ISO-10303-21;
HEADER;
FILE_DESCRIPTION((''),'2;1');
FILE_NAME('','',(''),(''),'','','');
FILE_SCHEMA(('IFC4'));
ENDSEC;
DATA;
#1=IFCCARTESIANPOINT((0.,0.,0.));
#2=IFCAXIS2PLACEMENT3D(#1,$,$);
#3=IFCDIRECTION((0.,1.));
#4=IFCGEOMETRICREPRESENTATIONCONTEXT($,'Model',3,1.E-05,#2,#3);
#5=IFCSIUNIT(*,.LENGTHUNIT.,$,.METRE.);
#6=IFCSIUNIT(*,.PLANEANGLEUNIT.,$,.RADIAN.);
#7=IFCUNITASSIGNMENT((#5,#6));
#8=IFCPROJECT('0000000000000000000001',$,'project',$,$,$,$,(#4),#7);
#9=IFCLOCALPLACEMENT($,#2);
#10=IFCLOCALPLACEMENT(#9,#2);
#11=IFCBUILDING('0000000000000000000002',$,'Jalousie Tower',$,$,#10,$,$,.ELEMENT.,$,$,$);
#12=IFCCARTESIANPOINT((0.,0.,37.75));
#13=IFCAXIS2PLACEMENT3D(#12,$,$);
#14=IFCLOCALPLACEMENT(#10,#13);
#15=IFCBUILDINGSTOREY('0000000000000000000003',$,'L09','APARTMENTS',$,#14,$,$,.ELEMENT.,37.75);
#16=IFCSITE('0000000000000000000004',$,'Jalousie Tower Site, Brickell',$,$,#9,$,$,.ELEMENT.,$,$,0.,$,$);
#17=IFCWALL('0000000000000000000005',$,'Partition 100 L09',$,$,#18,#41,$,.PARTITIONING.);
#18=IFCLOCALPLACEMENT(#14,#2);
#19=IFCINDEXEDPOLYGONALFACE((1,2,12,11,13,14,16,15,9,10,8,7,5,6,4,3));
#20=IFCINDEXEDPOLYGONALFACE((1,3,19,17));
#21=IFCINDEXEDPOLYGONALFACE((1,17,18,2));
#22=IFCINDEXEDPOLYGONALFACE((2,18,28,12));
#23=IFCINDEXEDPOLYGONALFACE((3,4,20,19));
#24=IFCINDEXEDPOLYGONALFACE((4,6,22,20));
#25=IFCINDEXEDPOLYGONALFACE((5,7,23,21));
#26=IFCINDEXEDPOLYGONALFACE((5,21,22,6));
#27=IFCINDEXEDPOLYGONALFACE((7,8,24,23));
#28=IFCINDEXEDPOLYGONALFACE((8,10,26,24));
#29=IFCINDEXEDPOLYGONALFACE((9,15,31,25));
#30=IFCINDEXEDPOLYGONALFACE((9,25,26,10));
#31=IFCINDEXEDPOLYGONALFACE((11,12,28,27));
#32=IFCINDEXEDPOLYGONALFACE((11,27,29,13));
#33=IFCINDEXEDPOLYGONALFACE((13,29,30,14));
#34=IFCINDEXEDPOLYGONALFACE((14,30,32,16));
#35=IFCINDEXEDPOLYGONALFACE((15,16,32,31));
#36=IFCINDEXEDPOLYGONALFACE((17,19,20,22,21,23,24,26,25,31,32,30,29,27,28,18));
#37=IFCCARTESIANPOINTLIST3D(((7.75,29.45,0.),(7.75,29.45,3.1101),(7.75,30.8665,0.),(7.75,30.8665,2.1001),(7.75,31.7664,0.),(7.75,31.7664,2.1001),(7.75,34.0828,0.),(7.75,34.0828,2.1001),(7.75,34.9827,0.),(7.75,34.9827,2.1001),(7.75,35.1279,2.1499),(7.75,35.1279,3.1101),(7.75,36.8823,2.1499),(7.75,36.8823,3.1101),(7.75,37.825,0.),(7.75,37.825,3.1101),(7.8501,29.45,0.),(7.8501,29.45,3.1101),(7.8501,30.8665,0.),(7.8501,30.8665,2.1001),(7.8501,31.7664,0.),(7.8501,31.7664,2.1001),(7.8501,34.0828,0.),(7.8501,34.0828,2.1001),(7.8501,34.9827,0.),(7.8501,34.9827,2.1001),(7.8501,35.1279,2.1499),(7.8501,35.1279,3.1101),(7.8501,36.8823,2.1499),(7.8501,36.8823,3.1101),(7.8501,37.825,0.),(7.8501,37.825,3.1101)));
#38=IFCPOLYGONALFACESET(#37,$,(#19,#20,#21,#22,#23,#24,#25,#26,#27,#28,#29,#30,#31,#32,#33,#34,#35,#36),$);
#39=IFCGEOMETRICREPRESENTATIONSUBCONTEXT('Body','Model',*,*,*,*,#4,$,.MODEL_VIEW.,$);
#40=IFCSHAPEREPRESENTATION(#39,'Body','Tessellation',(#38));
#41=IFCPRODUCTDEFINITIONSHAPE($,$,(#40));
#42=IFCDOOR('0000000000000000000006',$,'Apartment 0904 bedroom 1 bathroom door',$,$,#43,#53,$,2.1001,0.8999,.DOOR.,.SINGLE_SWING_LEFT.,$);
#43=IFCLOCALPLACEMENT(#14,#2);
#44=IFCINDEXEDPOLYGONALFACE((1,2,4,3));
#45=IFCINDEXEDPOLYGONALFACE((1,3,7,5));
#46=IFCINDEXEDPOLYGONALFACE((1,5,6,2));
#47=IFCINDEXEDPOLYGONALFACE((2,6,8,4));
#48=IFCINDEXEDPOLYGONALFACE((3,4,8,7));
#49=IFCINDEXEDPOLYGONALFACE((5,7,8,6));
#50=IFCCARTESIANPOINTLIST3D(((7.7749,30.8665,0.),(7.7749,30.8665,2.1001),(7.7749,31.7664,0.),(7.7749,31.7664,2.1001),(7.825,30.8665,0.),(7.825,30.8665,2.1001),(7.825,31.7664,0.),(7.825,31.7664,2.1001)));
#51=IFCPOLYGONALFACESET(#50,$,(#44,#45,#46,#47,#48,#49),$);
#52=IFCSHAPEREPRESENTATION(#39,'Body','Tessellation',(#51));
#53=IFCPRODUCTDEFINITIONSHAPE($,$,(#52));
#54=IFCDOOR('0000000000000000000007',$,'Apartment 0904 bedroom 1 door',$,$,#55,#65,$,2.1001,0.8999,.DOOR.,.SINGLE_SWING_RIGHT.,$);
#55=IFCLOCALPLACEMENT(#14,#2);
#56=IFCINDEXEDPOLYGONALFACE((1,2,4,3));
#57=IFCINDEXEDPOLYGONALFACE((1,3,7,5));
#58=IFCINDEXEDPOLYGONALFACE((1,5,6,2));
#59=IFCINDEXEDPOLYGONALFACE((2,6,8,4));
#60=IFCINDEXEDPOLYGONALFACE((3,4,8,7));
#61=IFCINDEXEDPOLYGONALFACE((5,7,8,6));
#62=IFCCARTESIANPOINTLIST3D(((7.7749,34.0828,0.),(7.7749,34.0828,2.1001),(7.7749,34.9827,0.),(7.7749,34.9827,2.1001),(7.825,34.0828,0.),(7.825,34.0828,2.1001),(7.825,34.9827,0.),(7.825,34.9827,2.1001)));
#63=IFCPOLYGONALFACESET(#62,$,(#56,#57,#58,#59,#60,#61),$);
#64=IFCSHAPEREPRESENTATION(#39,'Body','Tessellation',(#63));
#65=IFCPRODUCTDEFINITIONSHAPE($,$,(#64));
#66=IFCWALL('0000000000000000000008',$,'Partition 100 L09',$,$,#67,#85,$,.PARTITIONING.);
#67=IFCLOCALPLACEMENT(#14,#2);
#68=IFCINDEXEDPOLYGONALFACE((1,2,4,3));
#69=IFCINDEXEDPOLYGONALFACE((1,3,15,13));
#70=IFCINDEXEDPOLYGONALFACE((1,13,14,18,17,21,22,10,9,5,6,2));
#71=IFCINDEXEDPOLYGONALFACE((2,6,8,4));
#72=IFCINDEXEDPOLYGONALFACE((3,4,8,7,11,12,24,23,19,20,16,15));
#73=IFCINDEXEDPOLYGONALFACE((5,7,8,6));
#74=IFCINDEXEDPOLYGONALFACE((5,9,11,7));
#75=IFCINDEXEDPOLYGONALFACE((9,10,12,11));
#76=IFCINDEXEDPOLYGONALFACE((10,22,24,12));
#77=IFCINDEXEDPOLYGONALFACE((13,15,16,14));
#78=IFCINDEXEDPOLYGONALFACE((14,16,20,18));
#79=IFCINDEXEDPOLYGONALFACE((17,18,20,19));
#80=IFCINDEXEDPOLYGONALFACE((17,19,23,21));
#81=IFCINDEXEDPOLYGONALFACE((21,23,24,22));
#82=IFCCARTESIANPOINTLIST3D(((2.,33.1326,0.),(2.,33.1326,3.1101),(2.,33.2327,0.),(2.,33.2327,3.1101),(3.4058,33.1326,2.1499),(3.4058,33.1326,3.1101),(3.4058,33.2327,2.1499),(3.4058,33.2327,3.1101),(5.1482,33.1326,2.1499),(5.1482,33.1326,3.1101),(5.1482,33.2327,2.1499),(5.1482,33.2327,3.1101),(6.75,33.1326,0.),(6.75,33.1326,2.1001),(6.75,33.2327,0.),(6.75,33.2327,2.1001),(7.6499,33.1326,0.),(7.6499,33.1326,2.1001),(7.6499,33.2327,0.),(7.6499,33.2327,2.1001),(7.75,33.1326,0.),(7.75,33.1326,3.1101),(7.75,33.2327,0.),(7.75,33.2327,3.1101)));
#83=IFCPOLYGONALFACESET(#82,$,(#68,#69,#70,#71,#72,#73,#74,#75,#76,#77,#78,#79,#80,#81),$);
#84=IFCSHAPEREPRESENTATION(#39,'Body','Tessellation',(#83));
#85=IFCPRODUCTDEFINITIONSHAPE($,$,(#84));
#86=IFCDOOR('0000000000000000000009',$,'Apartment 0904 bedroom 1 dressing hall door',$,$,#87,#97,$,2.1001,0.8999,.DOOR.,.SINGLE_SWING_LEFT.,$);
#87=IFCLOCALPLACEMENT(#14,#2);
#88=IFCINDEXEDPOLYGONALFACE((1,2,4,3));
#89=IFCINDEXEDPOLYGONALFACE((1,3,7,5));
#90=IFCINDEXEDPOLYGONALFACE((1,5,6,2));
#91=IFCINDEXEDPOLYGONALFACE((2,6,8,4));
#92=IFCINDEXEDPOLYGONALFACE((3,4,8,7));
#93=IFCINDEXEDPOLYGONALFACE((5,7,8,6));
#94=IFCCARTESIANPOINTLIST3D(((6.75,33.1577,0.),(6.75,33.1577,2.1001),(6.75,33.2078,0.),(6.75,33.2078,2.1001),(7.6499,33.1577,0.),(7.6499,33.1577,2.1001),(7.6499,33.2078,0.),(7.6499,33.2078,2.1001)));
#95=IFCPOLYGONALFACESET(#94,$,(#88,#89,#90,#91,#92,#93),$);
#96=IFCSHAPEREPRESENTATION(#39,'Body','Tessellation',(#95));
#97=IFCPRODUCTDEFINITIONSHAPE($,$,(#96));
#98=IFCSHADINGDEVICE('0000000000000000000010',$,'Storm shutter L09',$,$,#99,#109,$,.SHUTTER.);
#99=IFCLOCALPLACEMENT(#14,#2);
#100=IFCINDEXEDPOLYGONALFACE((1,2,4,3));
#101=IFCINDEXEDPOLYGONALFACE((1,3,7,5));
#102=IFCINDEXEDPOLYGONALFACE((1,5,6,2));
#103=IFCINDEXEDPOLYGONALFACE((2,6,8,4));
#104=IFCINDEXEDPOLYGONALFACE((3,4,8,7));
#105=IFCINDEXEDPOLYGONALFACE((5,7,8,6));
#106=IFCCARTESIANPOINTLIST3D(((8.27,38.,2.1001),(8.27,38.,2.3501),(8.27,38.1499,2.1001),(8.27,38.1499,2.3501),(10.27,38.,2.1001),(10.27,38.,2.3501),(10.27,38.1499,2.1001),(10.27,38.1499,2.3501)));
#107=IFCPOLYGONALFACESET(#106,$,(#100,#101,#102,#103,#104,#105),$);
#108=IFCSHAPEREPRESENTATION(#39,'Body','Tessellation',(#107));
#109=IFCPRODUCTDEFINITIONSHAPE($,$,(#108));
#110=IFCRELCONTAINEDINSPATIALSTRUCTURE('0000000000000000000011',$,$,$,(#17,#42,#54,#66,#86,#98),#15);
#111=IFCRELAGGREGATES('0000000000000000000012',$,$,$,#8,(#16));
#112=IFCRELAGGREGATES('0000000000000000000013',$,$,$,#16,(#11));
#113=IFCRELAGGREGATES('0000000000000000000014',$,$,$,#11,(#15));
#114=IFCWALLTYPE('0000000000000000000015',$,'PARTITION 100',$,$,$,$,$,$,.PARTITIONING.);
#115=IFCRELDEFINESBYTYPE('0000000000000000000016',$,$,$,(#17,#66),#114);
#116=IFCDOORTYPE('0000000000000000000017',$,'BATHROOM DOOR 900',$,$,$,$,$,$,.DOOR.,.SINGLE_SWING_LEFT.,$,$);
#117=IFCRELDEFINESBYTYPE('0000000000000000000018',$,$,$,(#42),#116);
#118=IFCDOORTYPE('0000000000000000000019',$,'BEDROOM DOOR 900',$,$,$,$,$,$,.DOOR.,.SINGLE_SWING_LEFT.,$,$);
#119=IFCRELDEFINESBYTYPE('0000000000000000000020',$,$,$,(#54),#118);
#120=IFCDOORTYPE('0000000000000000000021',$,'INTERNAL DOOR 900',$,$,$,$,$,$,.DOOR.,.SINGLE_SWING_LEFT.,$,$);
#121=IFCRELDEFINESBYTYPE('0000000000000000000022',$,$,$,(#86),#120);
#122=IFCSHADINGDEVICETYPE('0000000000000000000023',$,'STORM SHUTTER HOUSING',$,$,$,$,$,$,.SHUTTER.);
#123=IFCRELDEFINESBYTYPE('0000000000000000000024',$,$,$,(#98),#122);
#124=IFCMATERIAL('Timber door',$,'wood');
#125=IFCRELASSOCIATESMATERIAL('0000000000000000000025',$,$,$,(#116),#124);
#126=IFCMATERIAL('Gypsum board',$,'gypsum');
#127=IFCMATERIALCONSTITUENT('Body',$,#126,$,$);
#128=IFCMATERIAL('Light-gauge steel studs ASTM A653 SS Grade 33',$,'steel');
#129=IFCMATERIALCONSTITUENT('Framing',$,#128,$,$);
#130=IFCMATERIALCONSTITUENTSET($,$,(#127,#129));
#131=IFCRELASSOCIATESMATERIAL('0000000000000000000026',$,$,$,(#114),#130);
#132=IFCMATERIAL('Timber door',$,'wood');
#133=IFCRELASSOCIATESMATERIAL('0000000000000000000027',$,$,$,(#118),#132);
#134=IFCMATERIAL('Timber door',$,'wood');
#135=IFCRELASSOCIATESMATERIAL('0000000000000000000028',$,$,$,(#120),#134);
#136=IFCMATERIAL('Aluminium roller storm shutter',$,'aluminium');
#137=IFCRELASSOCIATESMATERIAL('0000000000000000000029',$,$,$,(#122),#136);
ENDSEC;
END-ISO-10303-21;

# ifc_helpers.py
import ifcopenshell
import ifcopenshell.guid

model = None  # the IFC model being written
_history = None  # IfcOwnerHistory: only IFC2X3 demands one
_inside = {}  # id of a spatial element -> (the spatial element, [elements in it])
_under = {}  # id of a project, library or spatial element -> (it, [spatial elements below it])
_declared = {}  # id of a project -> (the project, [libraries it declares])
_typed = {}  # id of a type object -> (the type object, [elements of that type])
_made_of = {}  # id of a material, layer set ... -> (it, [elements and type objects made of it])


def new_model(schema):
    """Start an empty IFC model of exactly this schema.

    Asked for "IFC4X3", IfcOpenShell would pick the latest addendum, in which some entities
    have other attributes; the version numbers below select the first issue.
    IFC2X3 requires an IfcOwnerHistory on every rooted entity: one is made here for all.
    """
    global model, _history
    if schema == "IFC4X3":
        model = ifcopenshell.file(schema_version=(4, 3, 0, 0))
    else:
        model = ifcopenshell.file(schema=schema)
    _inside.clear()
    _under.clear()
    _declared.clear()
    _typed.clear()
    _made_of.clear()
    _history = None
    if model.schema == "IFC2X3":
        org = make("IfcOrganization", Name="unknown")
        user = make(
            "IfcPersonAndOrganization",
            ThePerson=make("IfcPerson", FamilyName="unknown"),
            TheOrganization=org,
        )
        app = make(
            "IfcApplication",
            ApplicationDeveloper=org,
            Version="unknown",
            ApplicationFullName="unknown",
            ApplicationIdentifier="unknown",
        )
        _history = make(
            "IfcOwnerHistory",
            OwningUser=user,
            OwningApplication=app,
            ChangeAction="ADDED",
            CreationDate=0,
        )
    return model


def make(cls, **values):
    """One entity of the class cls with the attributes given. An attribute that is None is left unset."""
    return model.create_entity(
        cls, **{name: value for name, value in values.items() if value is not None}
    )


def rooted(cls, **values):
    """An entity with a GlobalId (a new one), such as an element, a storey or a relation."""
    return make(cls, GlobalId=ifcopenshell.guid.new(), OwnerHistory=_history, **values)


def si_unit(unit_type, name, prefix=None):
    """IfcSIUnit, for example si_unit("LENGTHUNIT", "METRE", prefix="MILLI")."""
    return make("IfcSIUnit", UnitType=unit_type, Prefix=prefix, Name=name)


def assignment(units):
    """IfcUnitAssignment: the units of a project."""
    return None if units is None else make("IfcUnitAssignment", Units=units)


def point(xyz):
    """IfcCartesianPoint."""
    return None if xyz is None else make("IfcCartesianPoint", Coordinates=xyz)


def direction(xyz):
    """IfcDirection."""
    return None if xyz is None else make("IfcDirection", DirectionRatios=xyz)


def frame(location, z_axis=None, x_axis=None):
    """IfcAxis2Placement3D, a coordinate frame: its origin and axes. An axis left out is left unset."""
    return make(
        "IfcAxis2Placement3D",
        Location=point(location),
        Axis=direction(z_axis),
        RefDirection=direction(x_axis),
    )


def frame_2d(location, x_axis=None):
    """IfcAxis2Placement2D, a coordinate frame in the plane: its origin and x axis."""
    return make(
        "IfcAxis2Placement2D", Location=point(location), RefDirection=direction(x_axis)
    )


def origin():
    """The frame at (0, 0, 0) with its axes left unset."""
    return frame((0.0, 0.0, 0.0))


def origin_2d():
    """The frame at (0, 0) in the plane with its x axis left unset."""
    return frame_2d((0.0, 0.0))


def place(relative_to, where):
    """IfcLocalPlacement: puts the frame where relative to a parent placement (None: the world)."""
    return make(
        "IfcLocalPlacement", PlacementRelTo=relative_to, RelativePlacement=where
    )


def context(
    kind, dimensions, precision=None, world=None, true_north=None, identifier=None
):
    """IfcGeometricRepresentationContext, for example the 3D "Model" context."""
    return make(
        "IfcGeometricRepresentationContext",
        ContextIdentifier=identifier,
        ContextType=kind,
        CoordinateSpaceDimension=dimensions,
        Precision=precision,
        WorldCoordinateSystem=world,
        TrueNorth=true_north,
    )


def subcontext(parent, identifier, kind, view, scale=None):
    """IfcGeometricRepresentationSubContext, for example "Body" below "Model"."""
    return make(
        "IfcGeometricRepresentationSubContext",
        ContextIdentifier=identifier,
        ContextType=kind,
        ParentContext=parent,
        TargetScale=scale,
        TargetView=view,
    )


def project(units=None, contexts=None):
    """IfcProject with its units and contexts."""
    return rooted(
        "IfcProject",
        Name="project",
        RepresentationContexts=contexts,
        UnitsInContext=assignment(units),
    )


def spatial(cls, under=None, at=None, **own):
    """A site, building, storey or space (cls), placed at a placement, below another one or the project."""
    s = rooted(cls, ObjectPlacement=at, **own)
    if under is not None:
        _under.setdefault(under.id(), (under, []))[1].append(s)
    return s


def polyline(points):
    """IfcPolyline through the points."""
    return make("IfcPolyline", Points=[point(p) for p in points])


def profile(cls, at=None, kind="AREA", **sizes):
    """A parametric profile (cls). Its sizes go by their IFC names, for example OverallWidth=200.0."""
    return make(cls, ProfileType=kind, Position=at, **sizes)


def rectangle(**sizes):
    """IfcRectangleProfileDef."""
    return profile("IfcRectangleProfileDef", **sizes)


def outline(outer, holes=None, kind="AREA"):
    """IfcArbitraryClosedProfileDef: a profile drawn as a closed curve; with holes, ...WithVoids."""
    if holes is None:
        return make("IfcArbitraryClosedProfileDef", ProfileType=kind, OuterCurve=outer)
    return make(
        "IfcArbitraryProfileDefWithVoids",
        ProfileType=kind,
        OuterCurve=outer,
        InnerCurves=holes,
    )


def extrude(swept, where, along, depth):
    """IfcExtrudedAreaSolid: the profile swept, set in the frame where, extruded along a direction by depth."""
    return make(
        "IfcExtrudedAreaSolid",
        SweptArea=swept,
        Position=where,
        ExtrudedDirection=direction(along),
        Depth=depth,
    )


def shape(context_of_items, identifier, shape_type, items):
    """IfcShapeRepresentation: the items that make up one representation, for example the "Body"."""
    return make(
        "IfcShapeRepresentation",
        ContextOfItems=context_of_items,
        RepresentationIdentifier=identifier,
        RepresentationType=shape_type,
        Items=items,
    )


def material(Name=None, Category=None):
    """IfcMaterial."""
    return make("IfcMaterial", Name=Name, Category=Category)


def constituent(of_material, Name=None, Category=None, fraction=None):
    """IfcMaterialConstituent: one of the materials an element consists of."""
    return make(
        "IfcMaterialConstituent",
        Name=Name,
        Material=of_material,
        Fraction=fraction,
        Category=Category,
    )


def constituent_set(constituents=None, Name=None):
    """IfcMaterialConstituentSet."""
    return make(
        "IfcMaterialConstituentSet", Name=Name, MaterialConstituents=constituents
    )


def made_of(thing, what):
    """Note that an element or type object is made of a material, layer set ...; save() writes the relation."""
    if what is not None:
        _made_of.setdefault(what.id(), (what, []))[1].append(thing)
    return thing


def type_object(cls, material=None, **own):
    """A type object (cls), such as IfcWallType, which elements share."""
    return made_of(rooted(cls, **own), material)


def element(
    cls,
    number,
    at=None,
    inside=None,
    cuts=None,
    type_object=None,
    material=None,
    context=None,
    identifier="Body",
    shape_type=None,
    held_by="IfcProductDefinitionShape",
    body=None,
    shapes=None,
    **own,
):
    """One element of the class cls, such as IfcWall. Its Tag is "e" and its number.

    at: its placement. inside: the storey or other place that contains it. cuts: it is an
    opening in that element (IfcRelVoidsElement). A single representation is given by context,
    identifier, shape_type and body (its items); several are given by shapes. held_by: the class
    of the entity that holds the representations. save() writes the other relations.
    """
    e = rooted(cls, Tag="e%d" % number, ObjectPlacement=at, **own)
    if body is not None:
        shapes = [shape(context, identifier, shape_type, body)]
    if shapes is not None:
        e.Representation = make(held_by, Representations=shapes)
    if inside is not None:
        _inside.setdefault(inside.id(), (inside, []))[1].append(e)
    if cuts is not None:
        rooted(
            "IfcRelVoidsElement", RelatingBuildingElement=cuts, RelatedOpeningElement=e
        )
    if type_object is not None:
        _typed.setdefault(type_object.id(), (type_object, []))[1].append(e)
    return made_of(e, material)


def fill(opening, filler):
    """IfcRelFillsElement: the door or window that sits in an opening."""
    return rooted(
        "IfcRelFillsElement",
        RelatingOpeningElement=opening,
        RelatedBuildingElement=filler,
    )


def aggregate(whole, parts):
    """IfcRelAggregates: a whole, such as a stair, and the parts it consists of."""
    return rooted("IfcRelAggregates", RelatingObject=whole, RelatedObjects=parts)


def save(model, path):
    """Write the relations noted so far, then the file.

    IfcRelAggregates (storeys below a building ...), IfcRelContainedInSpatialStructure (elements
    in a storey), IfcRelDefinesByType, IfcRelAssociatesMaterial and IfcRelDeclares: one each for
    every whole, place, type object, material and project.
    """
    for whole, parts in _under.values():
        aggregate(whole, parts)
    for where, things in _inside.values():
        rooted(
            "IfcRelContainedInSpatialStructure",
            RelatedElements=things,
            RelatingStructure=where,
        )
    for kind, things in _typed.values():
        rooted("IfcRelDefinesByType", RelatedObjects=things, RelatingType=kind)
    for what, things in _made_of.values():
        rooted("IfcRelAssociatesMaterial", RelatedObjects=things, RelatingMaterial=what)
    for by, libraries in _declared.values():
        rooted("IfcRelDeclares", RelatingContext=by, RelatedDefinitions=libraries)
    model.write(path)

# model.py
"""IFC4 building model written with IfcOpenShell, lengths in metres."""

from ifc_helpers import new_model, si_unit, direction, frame, frame_2d, origin, origin_2d, place, context, subcontext, project, spatial, polyline, rectangle, outline, extrude, material, constituent, constituent_set, type_object, element, fill, save


model = new_model("IFC4")

# Units and contexts
model_context = context("Model", 3, precision=1e-05, world=origin(), true_north=direction((0.0, 1.0)))
body_context = subcontext(model_context, "Body", "Model", "MODEL_VIEW")
ifc_project = project(units=[si_unit("LENGTHUNIT", "METRE"), si_unit("PLANEANGLEUNIT", "RADIAN")], contexts=[model_context])

# Site, building, storey
site_placement = place(None, origin())
site = spatial("IfcSite", under=ifc_project, at=site_placement, Name="Jalousie Tower Site, Brickell", CompositionType="ELEMENT", RefElevation=0.0)
building_placement = place(site_placement, origin())
building = spatial("IfcBuilding", under=site, at=building_placement, Name="Jalousie Tower", CompositionType="ELEMENT")
storey_placement = place(building_placement, frame((0.0, 0.0, 37.75)))
storey = spatial("IfcBuildingStorey", under=building, at=storey_placement, Name="L09", Description="APARTMENTS", CompositionType="ELEMENT", Elevation=37.75)

# Shared definitions
ifc_material_1 = material(Name="Timber door", Category="wood")
door_type_1 = type_object("IfcDoorType", Name="BATHROOM DOOR 900", OperationType="SINGLE_SWING_LEFT", PredefinedType="DOOR", material=ifc_material_1)

# Wall, openings, doors
ifc_material_2 = material(Name="Gypsum board", Category="gypsum")
ifc_constituent_1 = constituent(ifc_material_2, Name="Body")
ifc_material_3 = material(Name="Light-gauge steel studs ASTM A653 SS Grade 33", Category="steel")
ifc_constituent_2 = constituent(ifc_material_3, Name="Framing")
ifc_constituent_set_1 = constituent_set(constituents=[ifc_constituent_1, ifc_constituent_2])
wall_type_1 = type_object("IfcWallType", Name="PARTITION 100", PredefinedType="PARTITIONING", material=ifc_constituent_set_1)
wall_1_placement = place(storey_placement, frame((7.8, 37.825, 0.0), z_axis=(0.0, 0.0, 1.0), x_axis=(0.0, -1.0, 0.0)))
wall_1 = element("IfcWall", 1, at=wall_1_placement, inside=storey, type_object=wall_type_1, Name="Partition 100 L09", PredefinedType="PARTITIONING", context=body_context, shape_type="SweptSolid", body=[
    extrude(outline(polyline([(0.0, 0.0), (8.375, 0.0), (8.375, 3.1101), (2.697, 3.1101), (2.697, 2.1499), (0.9426, 2.1499), (0.9426, 3.1101), (0.0, 3.1101), (0.0, 0.0)])), frame((0.0, 0.05, 0.0), z_axis=(0.0, -1.0, 0.0), x_axis=(1.0, 0.0, 0.0)), (0.0, 0.0, 1.0), 0.1001),
])
opening_1_placement = place(wall_1_placement, frame((2.8423, 0.0, 0.0)))
opening_1 = element("IfcOpeningElement", 2, at=opening_1_placement, cuts=wall_1, PredefinedType="OPENING", context=body_context, shape_type="SweptSolid", body=[
    extrude(rectangle(XDim=0.8999, YDim=2.1001, at=frame_2d((0.45, 1.05))), frame((0.0, 0.0601, 0.0), z_axis=(0.0, -1.0, 0.0), x_axis=(1.0, 0.0, 0.0)), (0.0, 0.0, 1.0), 0.1201),
])
opening_2_placement = place(wall_1_placement, frame((6.0586, 0.0, 0.0)))
opening_2 = element("IfcOpeningElement", 3, at=opening_2_placement, cuts=wall_1, PredefinedType="OPENING", context=body_context, shape_type="SweptSolid", body=[
    extrude(rectangle(XDim=0.8999, YDim=2.1001, at=frame_2d((0.45, 1.05))), frame((0.0, 0.0601, 0.0), z_axis=(0.0, -1.0, 0.0), x_axis=(1.0, 0.0, 0.0)), (0.0, 0.0, 1.0), 0.1201),
])
door_1_placement = place(opening_2_placement, origin())
door_1 = element("IfcDoor", 4, at=door_1_placement, inside=storey, type_object=door_type_1, Name="Apartment 0904 bedroom 1 bathroom door", OperationType="SINGLE_SWING_LEFT", OverallHeight=2.1001, OverallWidth=0.8999, PredefinedType="DOOR", context=body_context, shape_type="SweptSolid", body=[
    extrude(rectangle(XDim=0.8999, YDim=2.1001, at=frame_2d((0.45, 1.05))), frame((0.0, 0.0249, 0.0), z_axis=(0.0, -1.0, 0.0), x_axis=(1.0, 0.0, 0.0)), (0.0, 0.0, 1.0), 0.05),
])
fill(opening_2, door_1)
ifc_material_4 = material(Name="Timber door", Category="wood")
door_type_2 = type_object("IfcDoorType", Name="BEDROOM DOOR 900", OperationType="SINGLE_SWING_LEFT", PredefinedType="DOOR", material=ifc_material_4)
door_2_placement = place(opening_1_placement, origin())
door_2 = element("IfcDoor", 5, at=door_2_placement, inside=storey, type_object=door_type_2, Name="Apartment 0904 bedroom 1 door", OperationType="SINGLE_SWING_RIGHT", OverallHeight=2.1001, OverallWidth=0.8999, PredefinedType="DOOR", context=body_context, shape_type="SweptSolid", body=[
    extrude(rectangle(XDim=0.8999, YDim=2.1001, at=frame_2d((0.45, 1.05))), frame((0.0, 0.0249, 0.0), z_axis=(0.0, -1.0, 0.0), x_axis=(1.0, 0.0, 0.0)), (0.0, 0.0, 1.0), 0.05),
])
fill(opening_1, door_2)

# Wall, opening, door
wall_2_placement = place(storey_placement, frame((2.0, 33.1826, 0.0), z_axis=(0.0, 0.0, 1.0), x_axis=(1.0, 0.0, 0.0)))
wall_2 = element("IfcWall", 6, at=wall_2_placement, inside=storey, type_object=wall_type_1, Name="Partition 100 L09", PredefinedType="PARTITIONING", context=body_context, shape_type="SweptSolid", body=[
    extrude(outline(polyline([(0.0, 0.0), (5.75, 0.0), (5.75, 3.1101), (3.1482, 3.1101), (3.1482, 2.1499), (1.4058, 2.1499), (1.4058, 3.1101), (0.0, 3.1101), (0.0, 0.0)])), frame((0.0, 0.05, 0.0), z_axis=(0.0, -1.0, 0.0), x_axis=(1.0, 0.0, 0.0)), (0.0, 0.0, 1.0), 0.1001),
])
opening_3_placement = place(wall_2_placement, frame((4.75, 0.0, 0.0)))
opening_3 = element("IfcOpeningElement", 7, at=opening_3_placement, cuts=wall_2, PredefinedType="OPENING", context=body_context, shape_type="SweptSolid", body=[
    extrude(rectangle(XDim=0.8999, YDim=2.1001, at=frame_2d((0.45, 1.05))), frame((0.0, 0.0601, 0.0), z_axis=(0.0, -1.0, 0.0), x_axis=(1.0, 0.0, 0.0)), (0.0, 0.0, 1.0), 0.1201),
])
ifc_material_5 = material(Name="Timber door", Category="wood")
door_type_3 = type_object("IfcDoorType", Name="INTERNAL DOOR 900", OperationType="SINGLE_SWING_LEFT", PredefinedType="DOOR", material=ifc_material_5)
door_3_placement = place(opening_3_placement, frame((0.8999, 0.0, 0.0), z_axis=(0.0, 0.0, 1.0), x_axis=(-1.0, 0.0, 0.0)))
door_3 = element("IfcDoor", 8, at=door_3_placement, inside=storey, type_object=door_type_3, Name="Apartment 0904 bedroom 1 dressing hall door", OperationType="SINGLE_SWING_LEFT", OverallHeight=2.1001, OverallWidth=0.8999, PredefinedType="DOOR", context=body_context, shape_type="SweptSolid", body=[
    extrude(rectangle(XDim=0.8999, YDim=2.1001, at=frame_2d((0.45, 1.05))), frame((0.0, 0.0249, 0.0), z_axis=(0.0, -1.0, 0.0), x_axis=(1.0, 0.0, 0.0)), (0.0, 0.0, 1.0), 0.05),
])
fill(opening_3, door_3)

# Shading device
ifc_material_6 = material(Name="Aluminium roller storm shutter", Category="aluminium")
shading_device_type = type_object("IfcShadingDeviceType", Name="STORM SHUTTER HOUSING", PredefinedType="SHUTTER", material=ifc_material_6)
shading_device_placement = place(storey_placement, frame((9.27, 38.075, 2.1001), z_axis=(0.0, 0.0, 1.0), x_axis=(-1.0, 0.0, 0.0)))
element("IfcShadingDevice", 9, at=shading_device_placement, inside=storey, type_object=shading_device_type, Name="Storm shutter L09", PredefinedType="SHUTTER", context=body_context, shape_type="SweptSolid", body=[
    extrude(rectangle(XDim=2.0, YDim=0.1499, at=origin_2d()), origin(), (0.0, 0.0, 1.0), 0.25),
])

save(model, "model.ifc")
